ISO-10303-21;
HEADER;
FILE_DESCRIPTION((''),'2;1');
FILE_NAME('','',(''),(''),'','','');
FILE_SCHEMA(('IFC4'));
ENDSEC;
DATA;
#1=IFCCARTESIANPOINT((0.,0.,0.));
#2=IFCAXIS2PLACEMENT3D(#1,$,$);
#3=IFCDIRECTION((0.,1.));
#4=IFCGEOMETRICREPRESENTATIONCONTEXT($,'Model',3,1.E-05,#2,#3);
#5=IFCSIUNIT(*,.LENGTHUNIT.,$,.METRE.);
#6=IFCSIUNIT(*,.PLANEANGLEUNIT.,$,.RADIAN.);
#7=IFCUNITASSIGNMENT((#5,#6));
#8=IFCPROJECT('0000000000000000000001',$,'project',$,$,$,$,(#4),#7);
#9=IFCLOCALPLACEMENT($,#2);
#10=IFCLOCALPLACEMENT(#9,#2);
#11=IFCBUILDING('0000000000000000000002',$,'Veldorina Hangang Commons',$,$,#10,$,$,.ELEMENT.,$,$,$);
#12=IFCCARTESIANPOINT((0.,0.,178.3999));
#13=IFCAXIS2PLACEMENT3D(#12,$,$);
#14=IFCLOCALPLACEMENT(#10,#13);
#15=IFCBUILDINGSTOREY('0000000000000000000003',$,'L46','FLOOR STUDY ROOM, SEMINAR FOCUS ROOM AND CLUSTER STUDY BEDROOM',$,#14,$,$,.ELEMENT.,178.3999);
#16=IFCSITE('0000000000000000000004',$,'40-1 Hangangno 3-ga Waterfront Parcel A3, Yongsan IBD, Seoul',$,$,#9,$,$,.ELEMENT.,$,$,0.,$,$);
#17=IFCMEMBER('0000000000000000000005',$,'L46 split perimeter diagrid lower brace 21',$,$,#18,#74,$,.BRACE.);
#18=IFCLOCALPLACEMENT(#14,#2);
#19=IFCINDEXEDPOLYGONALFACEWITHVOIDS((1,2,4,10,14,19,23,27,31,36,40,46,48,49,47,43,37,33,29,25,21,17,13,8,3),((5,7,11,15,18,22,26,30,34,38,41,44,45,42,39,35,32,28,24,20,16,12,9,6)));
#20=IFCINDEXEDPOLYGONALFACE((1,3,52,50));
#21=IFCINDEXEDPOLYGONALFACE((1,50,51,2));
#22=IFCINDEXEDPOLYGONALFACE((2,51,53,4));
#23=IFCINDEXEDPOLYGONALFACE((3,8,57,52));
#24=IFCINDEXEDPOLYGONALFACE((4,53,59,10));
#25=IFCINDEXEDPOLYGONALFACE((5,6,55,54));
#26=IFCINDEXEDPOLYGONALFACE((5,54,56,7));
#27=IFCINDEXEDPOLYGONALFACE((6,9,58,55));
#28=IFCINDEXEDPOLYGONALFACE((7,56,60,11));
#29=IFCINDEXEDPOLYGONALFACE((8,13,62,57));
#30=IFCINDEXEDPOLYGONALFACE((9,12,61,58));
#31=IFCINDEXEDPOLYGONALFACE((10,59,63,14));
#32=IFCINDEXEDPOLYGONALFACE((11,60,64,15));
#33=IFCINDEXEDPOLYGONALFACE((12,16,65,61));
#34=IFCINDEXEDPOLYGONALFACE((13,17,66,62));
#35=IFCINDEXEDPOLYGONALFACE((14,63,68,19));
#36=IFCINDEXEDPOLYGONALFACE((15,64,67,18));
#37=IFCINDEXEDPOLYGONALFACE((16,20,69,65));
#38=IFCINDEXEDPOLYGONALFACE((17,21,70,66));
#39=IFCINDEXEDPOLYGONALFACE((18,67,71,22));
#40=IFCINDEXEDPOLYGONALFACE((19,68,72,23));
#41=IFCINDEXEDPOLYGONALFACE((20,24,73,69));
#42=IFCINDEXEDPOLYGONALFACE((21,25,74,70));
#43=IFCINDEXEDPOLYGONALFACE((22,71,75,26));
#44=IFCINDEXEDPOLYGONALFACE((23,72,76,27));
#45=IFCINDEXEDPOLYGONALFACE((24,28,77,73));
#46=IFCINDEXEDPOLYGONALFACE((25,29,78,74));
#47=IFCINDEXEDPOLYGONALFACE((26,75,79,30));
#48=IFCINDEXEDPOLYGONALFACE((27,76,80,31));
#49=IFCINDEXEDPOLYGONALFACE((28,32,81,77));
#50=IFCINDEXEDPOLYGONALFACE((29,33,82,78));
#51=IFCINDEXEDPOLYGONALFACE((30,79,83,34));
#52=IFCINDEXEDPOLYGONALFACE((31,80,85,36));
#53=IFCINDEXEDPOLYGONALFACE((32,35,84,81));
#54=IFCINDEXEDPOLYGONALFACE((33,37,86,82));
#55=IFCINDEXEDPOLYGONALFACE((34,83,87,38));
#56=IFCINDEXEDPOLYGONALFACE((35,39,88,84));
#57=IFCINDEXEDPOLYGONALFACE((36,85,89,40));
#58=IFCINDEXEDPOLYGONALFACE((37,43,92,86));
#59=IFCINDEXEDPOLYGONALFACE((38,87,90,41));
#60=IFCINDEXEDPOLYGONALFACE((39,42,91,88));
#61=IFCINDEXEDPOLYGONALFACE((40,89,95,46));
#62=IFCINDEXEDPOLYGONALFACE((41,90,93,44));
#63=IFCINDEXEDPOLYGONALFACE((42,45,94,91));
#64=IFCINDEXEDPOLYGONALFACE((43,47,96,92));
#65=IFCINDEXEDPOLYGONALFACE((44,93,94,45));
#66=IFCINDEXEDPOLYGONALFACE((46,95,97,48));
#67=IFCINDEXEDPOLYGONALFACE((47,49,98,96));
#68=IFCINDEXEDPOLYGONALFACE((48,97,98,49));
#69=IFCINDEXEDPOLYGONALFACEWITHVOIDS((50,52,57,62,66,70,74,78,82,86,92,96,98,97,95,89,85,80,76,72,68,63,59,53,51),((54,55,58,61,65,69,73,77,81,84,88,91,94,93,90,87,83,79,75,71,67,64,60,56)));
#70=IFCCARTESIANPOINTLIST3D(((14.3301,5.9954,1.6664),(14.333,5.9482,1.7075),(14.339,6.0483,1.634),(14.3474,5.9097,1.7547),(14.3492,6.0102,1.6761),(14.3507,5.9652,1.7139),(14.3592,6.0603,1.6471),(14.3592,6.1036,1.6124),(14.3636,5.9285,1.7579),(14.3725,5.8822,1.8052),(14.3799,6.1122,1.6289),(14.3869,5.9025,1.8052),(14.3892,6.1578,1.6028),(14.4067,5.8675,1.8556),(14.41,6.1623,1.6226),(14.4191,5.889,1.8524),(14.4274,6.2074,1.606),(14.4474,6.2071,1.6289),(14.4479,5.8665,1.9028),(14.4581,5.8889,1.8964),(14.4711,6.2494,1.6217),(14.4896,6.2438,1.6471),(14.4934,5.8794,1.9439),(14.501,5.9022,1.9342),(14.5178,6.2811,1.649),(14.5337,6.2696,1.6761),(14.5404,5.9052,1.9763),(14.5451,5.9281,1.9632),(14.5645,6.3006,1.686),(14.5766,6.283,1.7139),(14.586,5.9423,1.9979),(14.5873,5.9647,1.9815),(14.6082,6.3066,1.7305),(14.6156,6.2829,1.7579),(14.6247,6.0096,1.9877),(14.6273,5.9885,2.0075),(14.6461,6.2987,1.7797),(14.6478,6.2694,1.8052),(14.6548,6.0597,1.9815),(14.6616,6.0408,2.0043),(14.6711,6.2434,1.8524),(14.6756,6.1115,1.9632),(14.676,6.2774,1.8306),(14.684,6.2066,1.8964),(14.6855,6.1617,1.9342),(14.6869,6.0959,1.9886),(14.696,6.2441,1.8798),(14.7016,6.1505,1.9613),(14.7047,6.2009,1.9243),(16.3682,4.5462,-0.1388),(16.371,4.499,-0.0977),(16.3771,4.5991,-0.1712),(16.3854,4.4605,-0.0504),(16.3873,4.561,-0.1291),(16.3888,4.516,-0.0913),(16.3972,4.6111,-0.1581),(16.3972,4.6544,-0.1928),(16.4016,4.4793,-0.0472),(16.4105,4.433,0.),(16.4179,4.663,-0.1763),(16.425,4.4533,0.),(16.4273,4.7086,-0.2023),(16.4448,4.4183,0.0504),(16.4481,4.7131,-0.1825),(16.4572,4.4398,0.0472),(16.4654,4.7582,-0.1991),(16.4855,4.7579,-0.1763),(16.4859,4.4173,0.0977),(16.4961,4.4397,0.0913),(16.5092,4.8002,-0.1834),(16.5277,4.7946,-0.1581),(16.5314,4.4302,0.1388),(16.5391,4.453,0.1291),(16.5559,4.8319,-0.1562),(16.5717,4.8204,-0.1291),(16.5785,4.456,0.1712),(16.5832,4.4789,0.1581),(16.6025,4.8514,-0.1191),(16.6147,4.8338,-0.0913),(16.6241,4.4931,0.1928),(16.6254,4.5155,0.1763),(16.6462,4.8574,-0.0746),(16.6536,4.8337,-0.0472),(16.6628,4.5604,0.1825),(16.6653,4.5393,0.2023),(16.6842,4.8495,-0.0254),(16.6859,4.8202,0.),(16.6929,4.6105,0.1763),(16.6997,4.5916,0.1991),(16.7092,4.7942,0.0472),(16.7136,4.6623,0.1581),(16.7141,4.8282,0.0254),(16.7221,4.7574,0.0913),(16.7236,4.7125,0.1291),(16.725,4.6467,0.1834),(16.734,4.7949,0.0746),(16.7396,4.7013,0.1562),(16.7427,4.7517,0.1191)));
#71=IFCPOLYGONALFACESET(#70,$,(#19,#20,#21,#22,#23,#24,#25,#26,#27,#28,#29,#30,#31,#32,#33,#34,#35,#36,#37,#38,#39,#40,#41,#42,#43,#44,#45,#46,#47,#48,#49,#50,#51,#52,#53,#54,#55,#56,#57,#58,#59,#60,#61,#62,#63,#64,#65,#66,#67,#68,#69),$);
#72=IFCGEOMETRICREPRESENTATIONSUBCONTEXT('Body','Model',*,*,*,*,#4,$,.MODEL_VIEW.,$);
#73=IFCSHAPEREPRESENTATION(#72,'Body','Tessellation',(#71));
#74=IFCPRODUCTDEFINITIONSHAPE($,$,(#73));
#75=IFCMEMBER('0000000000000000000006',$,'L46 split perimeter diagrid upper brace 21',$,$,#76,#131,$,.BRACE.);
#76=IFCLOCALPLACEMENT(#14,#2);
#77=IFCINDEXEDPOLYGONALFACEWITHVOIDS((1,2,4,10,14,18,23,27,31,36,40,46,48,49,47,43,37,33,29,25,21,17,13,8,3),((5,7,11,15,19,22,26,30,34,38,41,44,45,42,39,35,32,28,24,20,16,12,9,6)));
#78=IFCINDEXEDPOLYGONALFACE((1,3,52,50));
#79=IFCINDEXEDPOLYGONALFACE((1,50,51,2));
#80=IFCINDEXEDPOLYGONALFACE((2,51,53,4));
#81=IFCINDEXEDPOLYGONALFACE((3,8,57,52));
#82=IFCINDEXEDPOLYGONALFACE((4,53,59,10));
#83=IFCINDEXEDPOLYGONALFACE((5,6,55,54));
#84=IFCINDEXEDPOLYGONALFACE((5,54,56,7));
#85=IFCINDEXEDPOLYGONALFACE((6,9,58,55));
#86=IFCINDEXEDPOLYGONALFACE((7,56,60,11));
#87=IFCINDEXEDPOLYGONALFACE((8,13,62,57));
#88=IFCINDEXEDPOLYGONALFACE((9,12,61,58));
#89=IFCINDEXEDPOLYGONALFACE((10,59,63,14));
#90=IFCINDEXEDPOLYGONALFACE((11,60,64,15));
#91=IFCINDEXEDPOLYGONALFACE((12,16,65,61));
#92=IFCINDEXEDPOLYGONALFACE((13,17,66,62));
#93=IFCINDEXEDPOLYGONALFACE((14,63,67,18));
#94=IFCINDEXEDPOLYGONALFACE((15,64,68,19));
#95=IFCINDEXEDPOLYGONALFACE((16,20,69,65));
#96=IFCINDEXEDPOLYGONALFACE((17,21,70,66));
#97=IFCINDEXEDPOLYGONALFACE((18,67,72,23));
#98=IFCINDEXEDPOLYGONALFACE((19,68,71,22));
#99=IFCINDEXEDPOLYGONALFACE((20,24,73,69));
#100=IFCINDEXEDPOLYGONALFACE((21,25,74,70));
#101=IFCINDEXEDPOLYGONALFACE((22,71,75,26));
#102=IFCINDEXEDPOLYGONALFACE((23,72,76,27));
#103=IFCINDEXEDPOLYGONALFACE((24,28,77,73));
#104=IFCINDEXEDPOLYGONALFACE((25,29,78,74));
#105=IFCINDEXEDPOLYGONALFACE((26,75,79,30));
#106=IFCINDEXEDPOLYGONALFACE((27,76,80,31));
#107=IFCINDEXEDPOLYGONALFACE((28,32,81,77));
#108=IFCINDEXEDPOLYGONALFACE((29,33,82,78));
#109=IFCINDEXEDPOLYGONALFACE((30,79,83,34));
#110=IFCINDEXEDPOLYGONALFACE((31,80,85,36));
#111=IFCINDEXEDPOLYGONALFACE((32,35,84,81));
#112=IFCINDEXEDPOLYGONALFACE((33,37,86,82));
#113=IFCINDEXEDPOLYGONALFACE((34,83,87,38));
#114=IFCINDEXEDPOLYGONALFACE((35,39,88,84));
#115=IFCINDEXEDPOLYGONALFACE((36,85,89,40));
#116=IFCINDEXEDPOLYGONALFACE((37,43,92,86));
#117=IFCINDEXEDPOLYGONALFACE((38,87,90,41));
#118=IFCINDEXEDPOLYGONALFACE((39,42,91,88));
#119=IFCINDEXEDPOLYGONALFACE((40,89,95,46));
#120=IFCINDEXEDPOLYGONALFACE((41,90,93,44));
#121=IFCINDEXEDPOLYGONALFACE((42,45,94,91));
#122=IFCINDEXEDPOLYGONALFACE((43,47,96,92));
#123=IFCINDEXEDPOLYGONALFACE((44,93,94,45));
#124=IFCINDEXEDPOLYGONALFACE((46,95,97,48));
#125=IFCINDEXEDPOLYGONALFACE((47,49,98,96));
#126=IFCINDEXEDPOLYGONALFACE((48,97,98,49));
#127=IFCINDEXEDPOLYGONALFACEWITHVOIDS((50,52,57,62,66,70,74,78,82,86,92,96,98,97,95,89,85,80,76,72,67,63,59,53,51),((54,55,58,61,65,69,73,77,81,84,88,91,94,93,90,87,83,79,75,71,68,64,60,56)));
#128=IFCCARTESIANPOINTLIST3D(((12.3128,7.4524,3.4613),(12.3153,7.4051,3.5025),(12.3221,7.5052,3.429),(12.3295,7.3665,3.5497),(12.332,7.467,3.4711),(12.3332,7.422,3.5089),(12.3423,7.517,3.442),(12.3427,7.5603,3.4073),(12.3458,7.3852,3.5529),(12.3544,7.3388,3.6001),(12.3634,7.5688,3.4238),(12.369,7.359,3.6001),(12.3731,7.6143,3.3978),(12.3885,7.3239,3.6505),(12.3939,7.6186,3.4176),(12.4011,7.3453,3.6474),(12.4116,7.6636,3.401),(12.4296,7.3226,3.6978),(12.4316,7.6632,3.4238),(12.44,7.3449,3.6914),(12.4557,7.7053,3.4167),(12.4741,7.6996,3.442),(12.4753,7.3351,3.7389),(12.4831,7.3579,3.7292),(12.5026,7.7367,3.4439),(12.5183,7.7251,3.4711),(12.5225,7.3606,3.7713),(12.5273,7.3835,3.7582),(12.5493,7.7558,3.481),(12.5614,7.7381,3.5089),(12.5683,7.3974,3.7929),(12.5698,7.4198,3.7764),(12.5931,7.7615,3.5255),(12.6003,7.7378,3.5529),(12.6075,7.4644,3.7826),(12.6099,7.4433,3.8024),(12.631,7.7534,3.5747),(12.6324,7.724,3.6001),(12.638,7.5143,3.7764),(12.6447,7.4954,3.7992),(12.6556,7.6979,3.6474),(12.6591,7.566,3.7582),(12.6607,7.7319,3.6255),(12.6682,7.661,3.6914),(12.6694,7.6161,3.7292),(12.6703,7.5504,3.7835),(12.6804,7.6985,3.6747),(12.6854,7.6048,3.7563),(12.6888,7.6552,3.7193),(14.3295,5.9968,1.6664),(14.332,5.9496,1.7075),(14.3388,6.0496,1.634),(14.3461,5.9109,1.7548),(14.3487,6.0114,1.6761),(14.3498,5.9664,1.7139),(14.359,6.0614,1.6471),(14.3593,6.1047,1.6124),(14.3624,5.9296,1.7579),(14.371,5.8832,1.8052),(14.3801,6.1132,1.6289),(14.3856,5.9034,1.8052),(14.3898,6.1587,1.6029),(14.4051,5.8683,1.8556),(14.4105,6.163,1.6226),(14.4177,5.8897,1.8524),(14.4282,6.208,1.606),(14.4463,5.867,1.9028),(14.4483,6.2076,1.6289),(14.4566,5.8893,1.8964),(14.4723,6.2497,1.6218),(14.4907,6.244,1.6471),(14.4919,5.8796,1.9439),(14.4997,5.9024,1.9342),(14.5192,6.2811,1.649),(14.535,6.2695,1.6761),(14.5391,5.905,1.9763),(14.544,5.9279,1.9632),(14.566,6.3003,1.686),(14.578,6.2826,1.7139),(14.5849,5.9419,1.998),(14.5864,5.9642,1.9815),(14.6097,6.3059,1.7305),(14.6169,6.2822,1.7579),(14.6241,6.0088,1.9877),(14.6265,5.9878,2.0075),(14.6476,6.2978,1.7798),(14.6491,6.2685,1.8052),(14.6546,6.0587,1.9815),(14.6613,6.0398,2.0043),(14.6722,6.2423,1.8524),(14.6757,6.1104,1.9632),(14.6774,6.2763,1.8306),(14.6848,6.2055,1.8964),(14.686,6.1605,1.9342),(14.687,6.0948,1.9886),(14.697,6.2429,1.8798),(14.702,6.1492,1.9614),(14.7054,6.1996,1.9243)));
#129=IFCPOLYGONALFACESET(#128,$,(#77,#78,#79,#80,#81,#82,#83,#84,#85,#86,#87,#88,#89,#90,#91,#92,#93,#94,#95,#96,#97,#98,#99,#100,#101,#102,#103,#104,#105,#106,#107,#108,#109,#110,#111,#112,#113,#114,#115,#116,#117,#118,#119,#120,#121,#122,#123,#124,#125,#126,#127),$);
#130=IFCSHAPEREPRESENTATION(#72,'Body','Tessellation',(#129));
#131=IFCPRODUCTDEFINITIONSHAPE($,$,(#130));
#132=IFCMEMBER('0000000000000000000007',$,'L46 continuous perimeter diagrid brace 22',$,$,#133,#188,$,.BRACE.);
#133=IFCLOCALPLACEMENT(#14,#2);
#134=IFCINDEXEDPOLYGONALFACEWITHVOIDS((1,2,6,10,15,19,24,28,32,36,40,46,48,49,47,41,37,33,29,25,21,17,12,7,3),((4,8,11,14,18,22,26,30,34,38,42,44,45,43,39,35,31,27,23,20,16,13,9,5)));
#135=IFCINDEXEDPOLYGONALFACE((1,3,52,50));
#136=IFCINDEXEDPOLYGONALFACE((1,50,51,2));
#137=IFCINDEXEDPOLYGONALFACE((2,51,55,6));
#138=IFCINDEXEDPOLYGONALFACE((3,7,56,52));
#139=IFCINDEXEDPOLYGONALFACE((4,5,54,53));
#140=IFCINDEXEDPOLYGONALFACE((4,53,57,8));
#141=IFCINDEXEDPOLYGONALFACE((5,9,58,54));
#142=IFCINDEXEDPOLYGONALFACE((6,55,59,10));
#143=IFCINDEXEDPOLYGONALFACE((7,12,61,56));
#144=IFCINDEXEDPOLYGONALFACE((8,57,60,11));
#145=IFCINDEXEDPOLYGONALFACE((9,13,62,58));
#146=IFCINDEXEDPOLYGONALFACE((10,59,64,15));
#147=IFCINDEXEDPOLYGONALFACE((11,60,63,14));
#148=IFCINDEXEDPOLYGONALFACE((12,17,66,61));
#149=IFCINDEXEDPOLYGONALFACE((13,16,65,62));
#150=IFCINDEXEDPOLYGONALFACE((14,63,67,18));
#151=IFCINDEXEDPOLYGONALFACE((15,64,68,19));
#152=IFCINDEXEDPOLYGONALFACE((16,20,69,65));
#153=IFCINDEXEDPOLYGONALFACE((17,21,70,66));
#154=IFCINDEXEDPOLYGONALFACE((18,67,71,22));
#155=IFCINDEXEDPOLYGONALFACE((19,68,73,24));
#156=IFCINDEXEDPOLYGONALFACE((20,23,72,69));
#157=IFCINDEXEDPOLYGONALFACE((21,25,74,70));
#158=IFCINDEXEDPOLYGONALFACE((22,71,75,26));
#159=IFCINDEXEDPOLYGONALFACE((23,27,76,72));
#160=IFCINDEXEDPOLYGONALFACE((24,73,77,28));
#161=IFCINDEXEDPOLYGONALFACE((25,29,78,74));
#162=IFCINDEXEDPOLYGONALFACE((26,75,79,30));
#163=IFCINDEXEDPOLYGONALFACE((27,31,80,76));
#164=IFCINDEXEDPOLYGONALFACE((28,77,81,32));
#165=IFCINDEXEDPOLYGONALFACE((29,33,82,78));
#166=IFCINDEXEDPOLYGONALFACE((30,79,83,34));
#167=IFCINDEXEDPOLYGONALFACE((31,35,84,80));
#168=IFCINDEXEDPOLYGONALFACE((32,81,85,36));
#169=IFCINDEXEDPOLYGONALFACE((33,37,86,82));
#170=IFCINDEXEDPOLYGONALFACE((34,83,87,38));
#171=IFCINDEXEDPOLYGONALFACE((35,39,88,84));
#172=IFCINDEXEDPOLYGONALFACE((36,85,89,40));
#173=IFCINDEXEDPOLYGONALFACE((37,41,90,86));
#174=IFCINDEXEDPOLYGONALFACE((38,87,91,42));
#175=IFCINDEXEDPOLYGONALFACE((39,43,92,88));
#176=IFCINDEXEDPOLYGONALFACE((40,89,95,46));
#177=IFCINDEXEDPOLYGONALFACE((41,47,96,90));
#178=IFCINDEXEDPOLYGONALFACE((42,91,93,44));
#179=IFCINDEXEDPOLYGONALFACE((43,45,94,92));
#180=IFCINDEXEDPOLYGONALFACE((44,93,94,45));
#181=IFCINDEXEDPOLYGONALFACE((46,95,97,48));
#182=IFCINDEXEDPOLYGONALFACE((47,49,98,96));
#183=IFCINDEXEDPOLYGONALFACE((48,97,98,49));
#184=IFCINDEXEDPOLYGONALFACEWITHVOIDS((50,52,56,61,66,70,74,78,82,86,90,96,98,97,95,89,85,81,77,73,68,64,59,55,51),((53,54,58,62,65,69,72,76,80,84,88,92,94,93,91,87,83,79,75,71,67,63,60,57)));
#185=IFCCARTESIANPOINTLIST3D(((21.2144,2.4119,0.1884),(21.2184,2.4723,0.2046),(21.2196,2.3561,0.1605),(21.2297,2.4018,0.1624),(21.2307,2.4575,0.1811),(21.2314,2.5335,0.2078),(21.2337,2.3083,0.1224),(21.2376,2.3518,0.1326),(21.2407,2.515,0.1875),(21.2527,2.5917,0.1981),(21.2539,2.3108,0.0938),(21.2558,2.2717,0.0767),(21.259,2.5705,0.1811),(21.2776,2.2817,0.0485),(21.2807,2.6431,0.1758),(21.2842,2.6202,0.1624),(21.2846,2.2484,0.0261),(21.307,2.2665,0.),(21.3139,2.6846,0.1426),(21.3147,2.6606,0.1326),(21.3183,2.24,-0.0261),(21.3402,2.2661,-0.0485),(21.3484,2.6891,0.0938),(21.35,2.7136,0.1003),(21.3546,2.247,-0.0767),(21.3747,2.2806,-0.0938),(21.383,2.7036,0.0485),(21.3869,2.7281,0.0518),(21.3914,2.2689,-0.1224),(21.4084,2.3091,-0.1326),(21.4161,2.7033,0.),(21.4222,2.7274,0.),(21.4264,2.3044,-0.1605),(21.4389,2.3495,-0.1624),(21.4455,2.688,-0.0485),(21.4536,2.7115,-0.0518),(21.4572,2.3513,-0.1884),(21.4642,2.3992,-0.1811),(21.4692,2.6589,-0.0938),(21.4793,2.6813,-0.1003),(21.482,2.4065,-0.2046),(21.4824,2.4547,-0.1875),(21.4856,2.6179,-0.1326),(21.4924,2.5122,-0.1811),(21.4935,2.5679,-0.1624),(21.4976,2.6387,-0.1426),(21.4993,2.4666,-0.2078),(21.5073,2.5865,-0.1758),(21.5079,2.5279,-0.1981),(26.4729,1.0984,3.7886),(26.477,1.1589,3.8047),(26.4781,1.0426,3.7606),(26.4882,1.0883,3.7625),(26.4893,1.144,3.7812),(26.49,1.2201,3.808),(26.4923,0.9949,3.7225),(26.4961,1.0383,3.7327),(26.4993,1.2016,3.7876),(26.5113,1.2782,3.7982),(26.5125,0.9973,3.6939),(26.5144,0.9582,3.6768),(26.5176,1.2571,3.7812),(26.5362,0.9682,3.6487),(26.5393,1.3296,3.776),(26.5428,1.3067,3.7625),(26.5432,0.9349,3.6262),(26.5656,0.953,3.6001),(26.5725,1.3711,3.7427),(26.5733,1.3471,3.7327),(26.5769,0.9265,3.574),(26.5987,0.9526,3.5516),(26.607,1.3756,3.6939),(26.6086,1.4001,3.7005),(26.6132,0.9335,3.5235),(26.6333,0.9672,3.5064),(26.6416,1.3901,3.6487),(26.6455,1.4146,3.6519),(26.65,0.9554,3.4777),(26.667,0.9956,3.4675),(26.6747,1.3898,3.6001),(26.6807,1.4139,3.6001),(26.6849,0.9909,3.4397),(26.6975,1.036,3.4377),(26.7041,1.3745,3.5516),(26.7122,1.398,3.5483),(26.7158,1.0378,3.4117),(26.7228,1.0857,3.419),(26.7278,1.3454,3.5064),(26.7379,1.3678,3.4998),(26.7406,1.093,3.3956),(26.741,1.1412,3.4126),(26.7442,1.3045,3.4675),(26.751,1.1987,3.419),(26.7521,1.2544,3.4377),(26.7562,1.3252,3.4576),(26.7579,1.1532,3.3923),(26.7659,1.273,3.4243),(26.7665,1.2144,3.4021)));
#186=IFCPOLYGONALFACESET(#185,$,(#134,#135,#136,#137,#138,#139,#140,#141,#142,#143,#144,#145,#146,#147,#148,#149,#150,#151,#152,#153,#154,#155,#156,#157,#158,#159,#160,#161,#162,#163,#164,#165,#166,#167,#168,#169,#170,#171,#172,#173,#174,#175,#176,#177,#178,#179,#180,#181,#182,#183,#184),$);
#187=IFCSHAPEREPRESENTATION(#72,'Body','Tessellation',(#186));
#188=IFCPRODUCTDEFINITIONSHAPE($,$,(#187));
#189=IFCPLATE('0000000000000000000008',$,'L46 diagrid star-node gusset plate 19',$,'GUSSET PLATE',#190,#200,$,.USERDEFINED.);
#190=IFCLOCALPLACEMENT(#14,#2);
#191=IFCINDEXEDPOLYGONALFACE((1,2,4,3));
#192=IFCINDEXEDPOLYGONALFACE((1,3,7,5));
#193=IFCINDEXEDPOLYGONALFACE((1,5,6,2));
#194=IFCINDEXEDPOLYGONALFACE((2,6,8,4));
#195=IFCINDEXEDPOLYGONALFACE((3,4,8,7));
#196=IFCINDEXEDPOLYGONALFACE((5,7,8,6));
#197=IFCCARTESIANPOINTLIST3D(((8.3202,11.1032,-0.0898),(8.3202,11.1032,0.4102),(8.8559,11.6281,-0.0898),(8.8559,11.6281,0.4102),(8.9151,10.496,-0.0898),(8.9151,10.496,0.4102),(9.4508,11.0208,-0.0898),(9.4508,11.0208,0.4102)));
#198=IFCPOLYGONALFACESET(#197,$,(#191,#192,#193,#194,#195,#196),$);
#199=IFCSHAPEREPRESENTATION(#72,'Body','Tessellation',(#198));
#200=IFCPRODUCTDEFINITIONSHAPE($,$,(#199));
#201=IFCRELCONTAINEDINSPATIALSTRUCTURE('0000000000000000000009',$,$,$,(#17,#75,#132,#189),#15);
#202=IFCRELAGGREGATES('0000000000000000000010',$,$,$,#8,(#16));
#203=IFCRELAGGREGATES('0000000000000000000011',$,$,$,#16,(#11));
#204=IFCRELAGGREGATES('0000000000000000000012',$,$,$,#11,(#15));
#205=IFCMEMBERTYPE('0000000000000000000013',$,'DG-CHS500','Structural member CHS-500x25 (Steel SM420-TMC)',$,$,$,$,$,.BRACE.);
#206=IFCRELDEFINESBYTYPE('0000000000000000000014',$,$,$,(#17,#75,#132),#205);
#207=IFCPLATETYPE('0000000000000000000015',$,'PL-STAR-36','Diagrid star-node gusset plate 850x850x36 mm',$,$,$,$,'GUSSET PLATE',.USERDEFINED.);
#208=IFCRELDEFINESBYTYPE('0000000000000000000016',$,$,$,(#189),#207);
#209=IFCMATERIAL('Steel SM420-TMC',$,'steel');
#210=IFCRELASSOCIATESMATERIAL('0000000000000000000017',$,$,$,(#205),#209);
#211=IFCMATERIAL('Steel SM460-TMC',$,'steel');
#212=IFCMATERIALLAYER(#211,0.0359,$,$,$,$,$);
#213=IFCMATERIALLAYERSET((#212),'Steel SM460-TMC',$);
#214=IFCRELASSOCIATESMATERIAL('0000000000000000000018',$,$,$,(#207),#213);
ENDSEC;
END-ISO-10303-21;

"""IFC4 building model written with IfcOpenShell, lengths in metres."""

from ifc_helpers import new_model, si_unit, direction, frame, origin, origin_2d, place, context, subcontext, project, spatial, rectangle, hollow_circle, extrude, material, layer, layer_set, material_profile, profile_set, type_object, element, save


model = new_model("IFC4")

# Units and contexts
model_context = context("Model", 3, precision=1e-05, world=origin(), true_north=direction((0.0, 1.0)))
body_context = subcontext(model_context, "Body", "Model", "MODEL_VIEW")
ifc_project = project(units=[si_unit("LENGTHUNIT", "METRE"), si_unit("PLANEANGLEUNIT", "RADIAN")], contexts=[model_context])

# Site, building, storey
site_placement = place(None, origin())
site = spatial("IfcSite", under=ifc_project, at=site_placement, Name="40-1 Hangangno 3-ga Waterfront Parcel A3, Yongsan IBD, Seoul", CompositionType="ELEMENT", RefElevation=0.0)
building_placement = place(site_placement, origin())
building = spatial("IfcBuilding", under=site, at=building_placement, Name="Veldorina Hangang Commons", CompositionType="ELEMENT")
storey_placement = place(building_placement, frame((0.0, 0.0, 178.3999)))
storey = spatial("IfcBuildingStorey", under=building, at=storey_placement, Name="L46", Description="FLOOR STUDY ROOM, SEMINAR FOCUS ROOM AND CLUSTER STUDY BEDROOM", CompositionType="ELEMENT", Elevation=178.3999)

# Shared definitions
ifc_material_1 = material(Name="Steel SM420-TMC", Category="steel")

# Members
ifc_material_profile_1 = material_profile(ifc_material_1, hollow_circle(Radius=0.25, WallThickness=0.0249, at=origin_2d()), Name="CHS-500x25")
ifc_profile_set_1 = profile_set([ifc_material_profile_1], Name="Steel SM420-TMC")
member_type = type_object("IfcMemberType", Name="DG-CHS500", Description="Structural member CHS-500x25 (Steel SM420-TMC)", PredefinedType="BRACE", material=ifc_profile_set_1)
member_1_placement = place(storey_placement, frame((16.5554, 4.6367, 0.0), z_axis=(-0.660801, 0.469875, 0.585286), x_axis=(-0.579501, -0.814972, 0.0)))
element("IfcMember", 1, at=member_1_placement, inside=storey, type_object=member_type, Name="L46 split perimeter diagrid lower brace 21", PredefinedType="BRACE", context=body_context, shape_type="SweptSolid", body=[
    extrude(hollow_circle(Radius=0.25, WallThickness=0.0249, at=origin_2d()), origin(), (0.0, 0.0, 1.0), 3.0842),
])
member_2_placement = place(storey_placement, frame((14.5173, 6.0859, 1.8052), z_axis=(-0.657495, 0.474574, 0.585218), x_axis=(-0.585261, -0.810845, 0.0)))
element("IfcMember", 2, at=member_2_placement, inside=storey, type_object=member_type, Name="L46 split perimeter diagrid upper brace 21", PredefinedType="BRACE", context=body_context, shape_type="SweptSolid", body=[
    extrude(hollow_circle(Radius=0.25, WallThickness=0.0249, at=origin_2d()), origin(), (0.0, 0.0, 1.0), 3.0671),
])
member_3_placement = place(storey_placement, frame((21.3616, 2.4849, 0.0), z_axis=(0.808164, -0.201863, 0.553284), x_axis=(0.242334, 0.970193, 0.0)))
element("IfcMember", 3, at=member_3_placement, inside=storey, type_object=member_type, Name="L46 continuous perimeter diagrid brace 22", PredefinedType="BRACE", context=body_context, shape_type="SweptSolid", body=[
    extrude(hollow_circle(Radius=0.25, WallThickness=0.0249, at=origin_2d()), origin(), (0.0, 0.0, 1.0), 6.5068),
])

# Plate
ifc_material_2 = material(Name="Steel SM460-TMC", Category="steel")
ifc_layer_1 = layer(ifc_material_2, 0.0359)
ifc_layer_set_1 = layer_set([ifc_layer_1], Name="Steel SM460-TMC")
plate_type = type_object("IfcPlateType", Name="PL-STAR-36", Description="Diagrid star-node gusset plate 850x850x36 mm", ElementType="GUSSET PLATE", PredefinedType="USERDEFINED", material=ifc_layer_set_1)
for number, where, z_axis, x_axis, name in (
    (4, (8.8855, 11.062, -0.0898), (0.0, 0.0, 1.0), (0.699813, -0.714326, 0.0), "L46 diagrid star-node gusset plate 19"),
):
    element("IfcPlate", number, at=place(storey_placement, frame(where, z_axis=z_axis, x_axis=x_axis)), inside=storey, type_object=plate_type, Name=name, ObjectType="GUSSET PLATE", PredefinedType="USERDEFINED", context=body_context, shape_type="SweptSolid", body=[
        extrude(rectangle(XDim=0.8501, YDim=0.75, at=origin_2d()), origin(), (0.0, 0.0, 1.0), 0.5),
    ])

save(model, "model.ifc")
